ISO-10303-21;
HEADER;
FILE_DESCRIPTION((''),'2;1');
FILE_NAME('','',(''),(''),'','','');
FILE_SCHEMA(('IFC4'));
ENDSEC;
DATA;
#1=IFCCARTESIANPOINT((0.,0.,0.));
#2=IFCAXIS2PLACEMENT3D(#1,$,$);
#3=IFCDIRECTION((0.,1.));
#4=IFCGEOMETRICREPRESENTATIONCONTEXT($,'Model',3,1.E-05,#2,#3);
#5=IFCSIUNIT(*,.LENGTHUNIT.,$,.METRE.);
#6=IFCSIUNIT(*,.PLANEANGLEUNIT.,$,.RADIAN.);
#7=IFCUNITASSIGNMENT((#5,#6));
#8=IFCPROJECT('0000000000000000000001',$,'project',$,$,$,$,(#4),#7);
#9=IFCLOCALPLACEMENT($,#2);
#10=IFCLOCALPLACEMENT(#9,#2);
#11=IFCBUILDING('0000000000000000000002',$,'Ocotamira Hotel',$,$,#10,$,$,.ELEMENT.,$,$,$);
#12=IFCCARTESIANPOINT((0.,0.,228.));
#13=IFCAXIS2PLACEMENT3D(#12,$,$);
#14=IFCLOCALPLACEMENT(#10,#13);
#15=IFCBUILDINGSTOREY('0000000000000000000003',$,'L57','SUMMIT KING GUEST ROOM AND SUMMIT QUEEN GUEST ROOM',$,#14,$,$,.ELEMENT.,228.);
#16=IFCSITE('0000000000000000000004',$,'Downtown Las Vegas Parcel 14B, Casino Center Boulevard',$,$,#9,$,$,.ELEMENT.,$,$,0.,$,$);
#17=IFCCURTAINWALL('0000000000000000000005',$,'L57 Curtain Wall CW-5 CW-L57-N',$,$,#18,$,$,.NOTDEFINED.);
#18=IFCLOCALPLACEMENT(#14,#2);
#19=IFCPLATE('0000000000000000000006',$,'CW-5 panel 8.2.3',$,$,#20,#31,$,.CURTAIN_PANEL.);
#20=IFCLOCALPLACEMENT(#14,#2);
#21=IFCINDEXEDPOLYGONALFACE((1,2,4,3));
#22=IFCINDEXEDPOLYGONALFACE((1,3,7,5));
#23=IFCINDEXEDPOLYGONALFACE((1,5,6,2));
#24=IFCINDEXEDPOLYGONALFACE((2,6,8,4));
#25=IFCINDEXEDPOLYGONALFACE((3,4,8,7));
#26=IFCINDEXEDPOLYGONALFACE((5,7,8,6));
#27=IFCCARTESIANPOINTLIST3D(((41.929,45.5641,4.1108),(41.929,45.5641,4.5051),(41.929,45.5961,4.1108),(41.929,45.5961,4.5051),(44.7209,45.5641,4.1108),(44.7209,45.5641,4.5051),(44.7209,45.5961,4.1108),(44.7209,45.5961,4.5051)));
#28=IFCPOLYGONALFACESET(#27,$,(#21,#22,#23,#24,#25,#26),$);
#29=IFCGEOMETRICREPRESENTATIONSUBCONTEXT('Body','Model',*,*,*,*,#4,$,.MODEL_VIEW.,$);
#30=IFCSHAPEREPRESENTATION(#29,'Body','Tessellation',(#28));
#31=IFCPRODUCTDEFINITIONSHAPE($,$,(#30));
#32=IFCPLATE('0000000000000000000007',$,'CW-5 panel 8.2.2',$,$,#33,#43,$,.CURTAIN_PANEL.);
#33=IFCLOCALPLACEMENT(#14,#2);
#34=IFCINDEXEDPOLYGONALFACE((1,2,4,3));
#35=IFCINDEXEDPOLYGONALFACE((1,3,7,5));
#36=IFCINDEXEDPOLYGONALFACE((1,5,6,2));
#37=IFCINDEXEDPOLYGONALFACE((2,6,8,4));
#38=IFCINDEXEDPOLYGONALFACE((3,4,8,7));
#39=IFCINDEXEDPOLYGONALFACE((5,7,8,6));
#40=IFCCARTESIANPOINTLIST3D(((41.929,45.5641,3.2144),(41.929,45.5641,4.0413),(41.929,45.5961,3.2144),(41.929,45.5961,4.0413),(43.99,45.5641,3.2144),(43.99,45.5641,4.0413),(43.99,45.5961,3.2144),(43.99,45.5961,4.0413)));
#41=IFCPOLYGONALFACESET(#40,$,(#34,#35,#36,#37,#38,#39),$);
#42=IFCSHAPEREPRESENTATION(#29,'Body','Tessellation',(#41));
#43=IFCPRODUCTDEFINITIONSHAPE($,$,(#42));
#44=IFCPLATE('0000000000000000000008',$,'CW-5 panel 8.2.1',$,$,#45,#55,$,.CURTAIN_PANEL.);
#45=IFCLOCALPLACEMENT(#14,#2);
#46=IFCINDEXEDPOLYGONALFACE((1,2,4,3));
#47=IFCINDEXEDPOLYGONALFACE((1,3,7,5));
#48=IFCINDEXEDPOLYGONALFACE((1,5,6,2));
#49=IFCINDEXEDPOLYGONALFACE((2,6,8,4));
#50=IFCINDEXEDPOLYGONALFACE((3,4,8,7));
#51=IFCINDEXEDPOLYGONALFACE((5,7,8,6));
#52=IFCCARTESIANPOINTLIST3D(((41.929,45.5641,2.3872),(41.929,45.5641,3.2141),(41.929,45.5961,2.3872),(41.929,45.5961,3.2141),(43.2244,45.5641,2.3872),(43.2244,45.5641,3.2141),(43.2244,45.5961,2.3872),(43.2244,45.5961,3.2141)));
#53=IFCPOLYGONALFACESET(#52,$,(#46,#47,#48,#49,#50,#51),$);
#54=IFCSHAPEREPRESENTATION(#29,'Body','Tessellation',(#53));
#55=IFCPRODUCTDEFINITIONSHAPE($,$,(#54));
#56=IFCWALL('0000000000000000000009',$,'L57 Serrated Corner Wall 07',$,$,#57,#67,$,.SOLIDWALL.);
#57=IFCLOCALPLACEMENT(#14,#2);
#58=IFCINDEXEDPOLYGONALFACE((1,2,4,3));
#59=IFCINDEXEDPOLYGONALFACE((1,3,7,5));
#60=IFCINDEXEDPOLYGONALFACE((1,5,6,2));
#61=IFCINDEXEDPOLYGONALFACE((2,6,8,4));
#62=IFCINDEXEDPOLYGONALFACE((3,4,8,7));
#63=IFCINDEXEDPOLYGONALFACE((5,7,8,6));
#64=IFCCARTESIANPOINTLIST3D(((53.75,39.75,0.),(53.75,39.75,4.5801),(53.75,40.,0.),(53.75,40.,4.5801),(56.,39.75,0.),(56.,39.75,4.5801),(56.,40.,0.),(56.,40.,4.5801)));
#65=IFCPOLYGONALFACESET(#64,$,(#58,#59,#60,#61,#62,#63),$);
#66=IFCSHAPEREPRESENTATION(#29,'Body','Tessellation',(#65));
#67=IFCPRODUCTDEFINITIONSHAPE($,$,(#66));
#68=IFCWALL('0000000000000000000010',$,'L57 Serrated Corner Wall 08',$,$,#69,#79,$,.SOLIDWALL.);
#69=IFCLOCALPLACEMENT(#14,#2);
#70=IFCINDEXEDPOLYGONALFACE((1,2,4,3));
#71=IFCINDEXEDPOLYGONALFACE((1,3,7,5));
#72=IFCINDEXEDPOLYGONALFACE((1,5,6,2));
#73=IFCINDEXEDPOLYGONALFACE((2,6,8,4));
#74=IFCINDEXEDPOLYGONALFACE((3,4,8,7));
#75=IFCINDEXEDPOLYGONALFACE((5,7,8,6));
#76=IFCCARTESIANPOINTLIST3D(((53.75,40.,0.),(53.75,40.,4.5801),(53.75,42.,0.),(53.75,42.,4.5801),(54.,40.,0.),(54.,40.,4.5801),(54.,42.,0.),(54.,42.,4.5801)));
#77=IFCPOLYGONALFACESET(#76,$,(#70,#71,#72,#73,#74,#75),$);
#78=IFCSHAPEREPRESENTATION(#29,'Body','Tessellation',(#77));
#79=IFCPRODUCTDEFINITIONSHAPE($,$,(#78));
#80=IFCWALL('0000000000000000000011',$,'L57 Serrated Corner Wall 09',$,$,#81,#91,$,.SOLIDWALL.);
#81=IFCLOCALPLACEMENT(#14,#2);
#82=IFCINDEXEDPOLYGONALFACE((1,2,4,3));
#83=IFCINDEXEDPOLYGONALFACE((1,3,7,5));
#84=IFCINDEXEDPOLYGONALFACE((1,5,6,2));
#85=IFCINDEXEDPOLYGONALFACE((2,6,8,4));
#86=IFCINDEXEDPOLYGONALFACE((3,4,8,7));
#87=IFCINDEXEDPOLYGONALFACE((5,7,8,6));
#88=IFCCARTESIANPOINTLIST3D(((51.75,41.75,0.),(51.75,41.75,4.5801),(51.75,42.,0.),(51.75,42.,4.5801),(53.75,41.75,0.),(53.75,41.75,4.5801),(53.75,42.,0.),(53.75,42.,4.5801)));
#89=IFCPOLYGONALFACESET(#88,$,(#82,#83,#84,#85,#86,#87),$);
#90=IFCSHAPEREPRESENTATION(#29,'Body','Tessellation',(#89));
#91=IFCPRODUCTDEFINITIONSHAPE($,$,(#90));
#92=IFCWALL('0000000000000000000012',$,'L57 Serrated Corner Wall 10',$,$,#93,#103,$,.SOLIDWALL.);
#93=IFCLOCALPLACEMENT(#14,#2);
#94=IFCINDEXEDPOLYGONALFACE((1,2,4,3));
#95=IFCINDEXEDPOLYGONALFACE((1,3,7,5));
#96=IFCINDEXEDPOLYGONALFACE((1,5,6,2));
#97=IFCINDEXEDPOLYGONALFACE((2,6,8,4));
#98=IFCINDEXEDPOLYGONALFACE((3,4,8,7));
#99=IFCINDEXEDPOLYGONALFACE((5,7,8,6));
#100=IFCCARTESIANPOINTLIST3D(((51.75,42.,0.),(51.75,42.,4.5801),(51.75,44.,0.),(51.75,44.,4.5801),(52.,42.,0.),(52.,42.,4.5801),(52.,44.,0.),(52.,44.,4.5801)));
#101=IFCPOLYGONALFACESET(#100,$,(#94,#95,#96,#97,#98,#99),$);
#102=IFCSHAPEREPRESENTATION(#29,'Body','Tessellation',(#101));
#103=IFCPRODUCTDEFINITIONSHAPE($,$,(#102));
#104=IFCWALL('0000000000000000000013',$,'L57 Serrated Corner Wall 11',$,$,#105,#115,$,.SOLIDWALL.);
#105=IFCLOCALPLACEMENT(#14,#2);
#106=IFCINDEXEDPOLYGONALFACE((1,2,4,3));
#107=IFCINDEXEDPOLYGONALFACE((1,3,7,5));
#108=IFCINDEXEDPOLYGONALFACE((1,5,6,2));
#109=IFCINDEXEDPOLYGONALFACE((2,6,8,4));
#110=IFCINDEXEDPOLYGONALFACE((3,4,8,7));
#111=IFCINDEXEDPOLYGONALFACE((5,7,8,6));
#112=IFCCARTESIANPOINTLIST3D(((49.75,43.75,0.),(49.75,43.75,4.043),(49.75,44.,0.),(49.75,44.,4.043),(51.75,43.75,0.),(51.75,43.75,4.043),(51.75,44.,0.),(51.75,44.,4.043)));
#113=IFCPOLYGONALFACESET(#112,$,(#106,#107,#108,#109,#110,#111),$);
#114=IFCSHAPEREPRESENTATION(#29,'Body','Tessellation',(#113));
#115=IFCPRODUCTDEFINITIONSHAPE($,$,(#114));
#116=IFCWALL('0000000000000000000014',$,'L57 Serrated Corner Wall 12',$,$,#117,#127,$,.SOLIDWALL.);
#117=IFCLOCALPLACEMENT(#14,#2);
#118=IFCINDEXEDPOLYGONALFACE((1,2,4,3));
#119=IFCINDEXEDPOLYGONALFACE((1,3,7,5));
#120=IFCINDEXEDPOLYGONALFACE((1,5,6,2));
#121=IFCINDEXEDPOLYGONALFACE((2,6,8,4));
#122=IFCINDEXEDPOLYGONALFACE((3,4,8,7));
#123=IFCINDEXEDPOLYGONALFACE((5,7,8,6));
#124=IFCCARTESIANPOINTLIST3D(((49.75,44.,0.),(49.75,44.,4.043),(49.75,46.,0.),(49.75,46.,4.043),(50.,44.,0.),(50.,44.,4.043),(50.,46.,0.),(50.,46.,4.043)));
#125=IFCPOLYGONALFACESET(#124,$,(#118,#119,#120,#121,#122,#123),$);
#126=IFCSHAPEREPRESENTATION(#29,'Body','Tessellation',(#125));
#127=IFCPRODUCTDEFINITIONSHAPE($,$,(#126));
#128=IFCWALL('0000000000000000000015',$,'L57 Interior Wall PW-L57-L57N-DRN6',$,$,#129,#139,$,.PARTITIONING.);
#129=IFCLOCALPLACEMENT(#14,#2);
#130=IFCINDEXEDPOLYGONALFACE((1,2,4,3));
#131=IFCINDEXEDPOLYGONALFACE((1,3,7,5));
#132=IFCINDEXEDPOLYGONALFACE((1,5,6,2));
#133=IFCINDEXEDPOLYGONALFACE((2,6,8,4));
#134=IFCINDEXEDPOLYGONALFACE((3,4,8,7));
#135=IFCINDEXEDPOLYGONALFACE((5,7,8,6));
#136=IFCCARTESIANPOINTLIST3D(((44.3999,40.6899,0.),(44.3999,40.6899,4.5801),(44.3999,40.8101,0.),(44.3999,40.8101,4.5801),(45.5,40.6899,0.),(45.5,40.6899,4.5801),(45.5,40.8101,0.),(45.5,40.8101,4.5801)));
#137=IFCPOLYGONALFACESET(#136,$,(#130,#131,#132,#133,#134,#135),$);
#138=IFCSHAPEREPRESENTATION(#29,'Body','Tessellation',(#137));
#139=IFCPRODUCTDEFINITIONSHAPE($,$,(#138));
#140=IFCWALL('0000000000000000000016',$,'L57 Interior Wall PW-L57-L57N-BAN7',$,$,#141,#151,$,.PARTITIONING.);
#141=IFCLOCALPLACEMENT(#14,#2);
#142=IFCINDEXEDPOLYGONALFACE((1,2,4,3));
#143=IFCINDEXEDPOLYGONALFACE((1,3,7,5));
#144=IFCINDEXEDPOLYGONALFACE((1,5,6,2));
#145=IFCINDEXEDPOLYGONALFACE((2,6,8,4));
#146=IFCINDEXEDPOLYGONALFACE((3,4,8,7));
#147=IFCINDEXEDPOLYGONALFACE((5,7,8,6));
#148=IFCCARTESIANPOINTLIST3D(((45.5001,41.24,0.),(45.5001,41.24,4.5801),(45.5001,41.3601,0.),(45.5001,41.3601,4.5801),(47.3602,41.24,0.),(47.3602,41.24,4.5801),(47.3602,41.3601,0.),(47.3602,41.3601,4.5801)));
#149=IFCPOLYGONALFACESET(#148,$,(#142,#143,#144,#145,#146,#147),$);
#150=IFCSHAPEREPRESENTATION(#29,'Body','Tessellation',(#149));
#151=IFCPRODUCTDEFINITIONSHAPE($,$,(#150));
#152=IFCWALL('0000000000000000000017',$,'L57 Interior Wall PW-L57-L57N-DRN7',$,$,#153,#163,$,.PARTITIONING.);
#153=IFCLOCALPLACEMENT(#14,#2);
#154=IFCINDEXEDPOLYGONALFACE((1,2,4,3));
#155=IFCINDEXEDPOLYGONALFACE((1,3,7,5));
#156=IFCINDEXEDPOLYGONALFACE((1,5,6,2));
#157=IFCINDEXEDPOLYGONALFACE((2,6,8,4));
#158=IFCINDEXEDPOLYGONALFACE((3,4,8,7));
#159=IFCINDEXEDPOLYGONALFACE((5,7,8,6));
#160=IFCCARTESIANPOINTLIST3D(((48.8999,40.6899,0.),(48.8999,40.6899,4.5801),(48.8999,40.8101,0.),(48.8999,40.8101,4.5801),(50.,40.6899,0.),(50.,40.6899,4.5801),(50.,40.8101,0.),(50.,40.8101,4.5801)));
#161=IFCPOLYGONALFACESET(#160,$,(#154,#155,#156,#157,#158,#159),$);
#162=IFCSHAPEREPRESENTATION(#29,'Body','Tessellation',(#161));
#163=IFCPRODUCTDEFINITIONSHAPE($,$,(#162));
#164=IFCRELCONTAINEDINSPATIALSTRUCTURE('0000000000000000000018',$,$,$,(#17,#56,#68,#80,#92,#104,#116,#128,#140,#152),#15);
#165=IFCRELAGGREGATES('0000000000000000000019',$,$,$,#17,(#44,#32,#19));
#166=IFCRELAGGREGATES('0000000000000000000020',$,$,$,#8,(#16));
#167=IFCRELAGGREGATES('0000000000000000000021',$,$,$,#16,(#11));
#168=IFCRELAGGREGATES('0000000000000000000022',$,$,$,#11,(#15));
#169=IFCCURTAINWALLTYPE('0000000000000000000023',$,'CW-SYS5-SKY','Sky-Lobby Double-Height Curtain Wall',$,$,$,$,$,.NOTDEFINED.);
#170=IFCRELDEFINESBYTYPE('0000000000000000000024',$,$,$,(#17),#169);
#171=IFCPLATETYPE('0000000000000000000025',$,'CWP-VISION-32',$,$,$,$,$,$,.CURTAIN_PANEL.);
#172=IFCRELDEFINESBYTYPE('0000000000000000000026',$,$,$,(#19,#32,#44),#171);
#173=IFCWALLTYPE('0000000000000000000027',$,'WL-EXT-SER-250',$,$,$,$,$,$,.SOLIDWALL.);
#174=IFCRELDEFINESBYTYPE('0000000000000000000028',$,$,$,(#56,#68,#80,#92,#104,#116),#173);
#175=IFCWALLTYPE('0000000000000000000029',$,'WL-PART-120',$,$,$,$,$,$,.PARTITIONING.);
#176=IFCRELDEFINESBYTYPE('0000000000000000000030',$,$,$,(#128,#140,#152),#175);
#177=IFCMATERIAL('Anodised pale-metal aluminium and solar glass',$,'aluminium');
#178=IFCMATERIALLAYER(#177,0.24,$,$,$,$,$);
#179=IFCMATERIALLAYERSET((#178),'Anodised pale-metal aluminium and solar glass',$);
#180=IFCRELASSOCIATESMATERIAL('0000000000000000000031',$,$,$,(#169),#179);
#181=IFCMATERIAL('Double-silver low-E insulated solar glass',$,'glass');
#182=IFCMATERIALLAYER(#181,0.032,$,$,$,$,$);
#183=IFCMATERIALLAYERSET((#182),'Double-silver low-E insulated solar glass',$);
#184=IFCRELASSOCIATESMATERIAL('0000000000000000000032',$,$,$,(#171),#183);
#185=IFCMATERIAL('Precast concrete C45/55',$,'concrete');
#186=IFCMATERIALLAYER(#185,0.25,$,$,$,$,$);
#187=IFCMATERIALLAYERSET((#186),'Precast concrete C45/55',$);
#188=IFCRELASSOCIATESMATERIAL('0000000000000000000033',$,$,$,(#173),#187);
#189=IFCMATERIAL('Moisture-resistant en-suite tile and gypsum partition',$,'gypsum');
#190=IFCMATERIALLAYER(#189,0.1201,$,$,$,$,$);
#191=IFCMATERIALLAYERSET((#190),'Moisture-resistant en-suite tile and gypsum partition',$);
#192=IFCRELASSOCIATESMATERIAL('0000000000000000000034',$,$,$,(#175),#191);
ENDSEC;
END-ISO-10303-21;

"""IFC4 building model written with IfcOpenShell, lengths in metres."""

from ifc_helpers import new_model, si_unit, direction, frame, frame_2d, origin, origin_2d, place, context, subcontext, project, spatial, rectangle, extrude, source, transform, mapped, material, layer, layer_set, type_object, element, aggregate, save


model = new_model("IFC4")

# Units and contexts
model_context = context("Model", 3, precision=1e-05, world=origin(), true_north=direction((0.0, 1.0)))
body_context = subcontext(model_context, "Body", "Model", "MODEL_VIEW")
ifc_project = project(units=[si_unit("LENGTHUNIT", "METRE"), si_unit("PLANEANGLEUNIT", "RADIAN")], contexts=[model_context])

# Site, building, storey
site_placement = place(None, origin())
site = spatial("IfcSite", under=ifc_project, at=site_placement, Name="Downtown Las Vegas Parcel 14B, Casino Center Boulevard", CompositionType="ELEMENT", RefElevation=0.0)
building_placement = place(site_placement, origin())
building = spatial("IfcBuilding", under=site, at=building_placement, Name="Ocotamira Hotel", CompositionType="ELEMENT")
storey_placement = place(building_placement, frame((0.0, 0.0, 228.0)))
storey = spatial("IfcBuildingStorey", under=building, at=storey_placement, Name="L57", Description="SUMMIT KING GUEST ROOM AND SUMMIT QUEEN GUEST ROOM", CompositionType="ELEMENT", Elevation=228.0)

# Curtain wall
ifc_material_1 = material(Name="Anodised pale-metal aluminium and solar glass", Category="aluminium")
ifc_layer_1 = layer(ifc_material_1, 0.24)
ifc_layer_set_1 = layer_set([ifc_layer_1], Name="Anodised pale-metal aluminium and solar glass")
curtain_wall_type = type_object("IfcCurtainWallType", Name="CW-SYS5-SKY", Description="Sky-Lobby Double-Height Curtain Wall", PredefinedType="NOTDEFINED", material=ifc_layer_set_1)
curtain_wall_1_placement = place(storey_placement, origin())
curtain_wall_1 = element("IfcCurtainWall", 1, at=curtain_wall_1_placement, inside=storey, type_object=curtain_wall_type, Name="L57 Curtain Wall CW-5 CW-L57-N", PredefinedType="NOTDEFINED")

# Plates
ifc_material_2 = material(Name="Double-silver low-E insulated solar glass", Category="glass")
ifc_layer_2 = layer(ifc_material_2, 0.032)
ifc_layer_set_2 = layer_set([ifc_layer_2], Name="Double-silver low-E insulated solar glass")
plate_type_1 = type_object("IfcPlateType", Name="CWP-VISION-32", PredefinedType="CURTAIN_PANEL", material=ifc_layer_set_2)
shared_shape_1 = source(origin(), body_context, "Body", "SweptSolid", [
    extrude(rectangle(XDim=2.792, YDim=0.032, at=origin_2d()), origin(), (0.0, 0.0, 1.0), 0.3943),
])
plate_1_placement = place(storey_placement, frame((43.325, 45.5801, 4.1108), z_axis=(0.0, 0.0, 1.0), x_axis=(1.0, 0.0, 0.0)))
plate_1 = element("IfcPlate", 2, at=plate_1_placement, type_object=plate_type_1, Name="CW-5 panel 8.2.3", PredefinedType="CURTAIN_PANEL", context=body_context, shape_type="MappedRepresentation", body=[
    mapped(shared_shape_1, transform((0.0, 0.0, 0.0), scale=1.0)),
])
shared_shape_2 = source(origin(), body_context, "Body", "SweptSolid", [
    extrude(rectangle(XDim=2.061, YDim=0.032, at=origin_2d()), origin(), (0.0, 0.0, 1.0), 0.8269),
])
plate_2_placement = place(storey_placement, frame((42.9595, 45.5801, 3.2144), z_axis=(0.0, 0.0, 1.0), x_axis=(1.0, 0.0, 0.0)))
plate_2 = element("IfcPlate", 3, at=plate_2_placement, type_object=plate_type_1, Name="CW-5 panel 8.2.2", PredefinedType="CURTAIN_PANEL", context=body_context, shape_type="MappedRepresentation", body=[
    mapped(shared_shape_2, transform((0.0, 0.0, 0.0), scale=1.0)),
])
shared_shape_3 = source(origin(), body_context, "Body", "SweptSolid", [
    extrude(rectangle(XDim=1.2954, YDim=0.032, at=origin_2d()), origin(), (0.0, 0.0, 1.0), 0.8269),
])
plate_3_placement = place(storey_placement, frame((42.5767, 45.5801, 2.3872), z_axis=(0.0, 0.0, 1.0), x_axis=(1.0, 0.0, 0.0)))
plate_3 = element("IfcPlate", 4, at=plate_3_placement, type_object=plate_type_1, Name="CW-5 panel 8.2.1", PredefinedType="CURTAIN_PANEL", context=body_context, shape_type="MappedRepresentation", body=[
    mapped(shared_shape_3, transform((0.0, 0.0, 0.0), scale=1.0)),
])
aggregate(curtain_wall_1, [plate_3, plate_2, plate_1])

# Walls
ifc_material_3 = material(Name="Precast concrete C45/55", Category="concrete")
ifc_layer_3 = layer(ifc_material_3, 0.25)
ifc_layer_set_3 = layer_set([ifc_layer_3], Name="Precast concrete C45/55")
wall_type_1 = type_object("IfcWallType", Name="WL-EXT-SER-250", PredefinedType="SOLIDWALL", material=ifc_layer_set_3)
wall_1_placement = place(storey_placement, frame((56.0, 39.875, 0.0), z_axis=(0.0, 0.0, 1.0), x_axis=(-1.0, 0.0, 0.0)))
element("IfcWall", 5, at=wall_1_placement, inside=storey, type_object=wall_type_1, Name="L57 Serrated Corner Wall 07", PredefinedType="SOLIDWALL", context=body_context, shape_type="SweptSolid", body=[
    extrude(rectangle(XDim=2.25, YDim=0.25, at=frame_2d((1.125, 0.0))), origin(), (0.0, 0.0, 1.0), 4.5801),
])
for number, where, z_axis, x_axis, name in (
    (6, (53.875, 40.0, 0.0), (0.0, 0.0, 1.0), (0.0, 1.0, 0.0), "L57 Serrated Corner Wall 08"),
    (7, (53.75, 41.875, 0.0), (0.0, 0.0, 1.0), (-1.0, 0.0, 0.0), "L57 Serrated Corner Wall 09"),
    (8, (51.875, 42.0, 0.0), (0.0, 0.0, 1.0), (0.0, 1.0, 0.0), "L57 Serrated Corner Wall 10"),
):
    element("IfcWall", number, at=place(storey_placement, frame(where, z_axis=z_axis, x_axis=x_axis)), inside=storey, type_object=wall_type_1, Name=name, PredefinedType="SOLIDWALL", context=body_context, shape_type="SweptSolid", body=[
        extrude(rectangle(XDim=2.0, YDim=0.25, at=frame_2d((1.0, 0.0))), origin(), (0.0, 0.0, 1.0), 4.5801),
    ])
for number, where, z_axis, x_axis, name in (
    (9, (51.75, 43.875, 0.0), (0.0, 0.0, 1.0), (-1.0, 0.0, 0.0), "L57 Serrated Corner Wall 11"),
    (10, (49.875, 44.0, 0.0), (0.0, 0.0, 1.0), (0.0, 1.0, 0.0), "L57 Serrated Corner Wall 12"),
):
    element("IfcWall", number, at=place(storey_placement, frame(where, z_axis=z_axis, x_axis=x_axis)), inside=storey, type_object=wall_type_1, Name=name, PredefinedType="SOLIDWALL", context=body_context, shape_type="SweptSolid", body=[
        extrude(rectangle(XDim=2.0, YDim=0.25, at=frame_2d((1.0, 0.0))), origin(), (0.0, 0.0, 1.0), 4.043),
    ])
ifc_material_4 = material(Name="Moisture-resistant en-suite tile and gypsum partition", Category="gypsum")
ifc_layer_4 = layer(ifc_material_4, 0.1201)
ifc_layer_set_4 = layer_set([ifc_layer_4], Name="Moisture-resistant en-suite tile and gypsum partition")
wall_type_2 = type_object("IfcWallType", Name="WL-PART-120", PredefinedType="PARTITIONING", material=ifc_layer_set_4)
wall_2_placement = place(storey_placement, frame((44.3999, 40.75, 0.0), z_axis=(0.0, 0.0, 1.0), x_axis=(1.0, 0.0, 0.0)))
element("IfcWall", 11, at=wall_2_placement, inside=storey, type_object=wall_type_2, Name="L57 Interior Wall PW-L57-L57N-DRN6", PredefinedType="PARTITIONING", context=body_context, shape_type="SweptSolid", body=[
    extrude(rectangle(XDim=1.1001, YDim=0.1201, at=frame_2d((0.55, 0.0))), origin(), (0.0, 0.0, 1.0), 4.5801),
])
wall_3_placement = place(storey_placement, frame((45.5, 41.3, 0.0), z_axis=(0.0, 0.0, 1.0), x_axis=(1.0, 0.0, 0.0)))
element("IfcWall", 12, at=wall_3_placement, inside=storey, type_object=wall_type_2, Name="L57 Interior Wall PW-L57-L57N-BAN7", PredefinedType="PARTITIONING", context=body_context, shape_type="SweptSolid", body=[
    extrude(rectangle(XDim=1.8601, YDim=0.1201, at=frame_2d((0.9302, 0.0))), origin(), (0.0, 0.0, 1.0), 4.5801),
])
wall_4_placement = place(storey_placement, frame((48.8999, 40.75, 0.0), z_axis=(0.0, 0.0, 1.0), x_axis=(1.0, 0.0, 0.0)))
element("IfcWall", 13, at=wall_4_placement, inside=storey, type_object=wall_type_2, Name="L57 Interior Wall PW-L57-L57N-DRN7", PredefinedType="PARTITIONING", context=body_context, shape_type="SweptSolid", body=[
    extrude(rectangle(XDim=1.1001, YDim=0.1201, at=frame_2d((0.55, 0.0))), origin(), (0.0, 0.0, 1.0), 4.5801),
])

save(model, "model.ifc")
